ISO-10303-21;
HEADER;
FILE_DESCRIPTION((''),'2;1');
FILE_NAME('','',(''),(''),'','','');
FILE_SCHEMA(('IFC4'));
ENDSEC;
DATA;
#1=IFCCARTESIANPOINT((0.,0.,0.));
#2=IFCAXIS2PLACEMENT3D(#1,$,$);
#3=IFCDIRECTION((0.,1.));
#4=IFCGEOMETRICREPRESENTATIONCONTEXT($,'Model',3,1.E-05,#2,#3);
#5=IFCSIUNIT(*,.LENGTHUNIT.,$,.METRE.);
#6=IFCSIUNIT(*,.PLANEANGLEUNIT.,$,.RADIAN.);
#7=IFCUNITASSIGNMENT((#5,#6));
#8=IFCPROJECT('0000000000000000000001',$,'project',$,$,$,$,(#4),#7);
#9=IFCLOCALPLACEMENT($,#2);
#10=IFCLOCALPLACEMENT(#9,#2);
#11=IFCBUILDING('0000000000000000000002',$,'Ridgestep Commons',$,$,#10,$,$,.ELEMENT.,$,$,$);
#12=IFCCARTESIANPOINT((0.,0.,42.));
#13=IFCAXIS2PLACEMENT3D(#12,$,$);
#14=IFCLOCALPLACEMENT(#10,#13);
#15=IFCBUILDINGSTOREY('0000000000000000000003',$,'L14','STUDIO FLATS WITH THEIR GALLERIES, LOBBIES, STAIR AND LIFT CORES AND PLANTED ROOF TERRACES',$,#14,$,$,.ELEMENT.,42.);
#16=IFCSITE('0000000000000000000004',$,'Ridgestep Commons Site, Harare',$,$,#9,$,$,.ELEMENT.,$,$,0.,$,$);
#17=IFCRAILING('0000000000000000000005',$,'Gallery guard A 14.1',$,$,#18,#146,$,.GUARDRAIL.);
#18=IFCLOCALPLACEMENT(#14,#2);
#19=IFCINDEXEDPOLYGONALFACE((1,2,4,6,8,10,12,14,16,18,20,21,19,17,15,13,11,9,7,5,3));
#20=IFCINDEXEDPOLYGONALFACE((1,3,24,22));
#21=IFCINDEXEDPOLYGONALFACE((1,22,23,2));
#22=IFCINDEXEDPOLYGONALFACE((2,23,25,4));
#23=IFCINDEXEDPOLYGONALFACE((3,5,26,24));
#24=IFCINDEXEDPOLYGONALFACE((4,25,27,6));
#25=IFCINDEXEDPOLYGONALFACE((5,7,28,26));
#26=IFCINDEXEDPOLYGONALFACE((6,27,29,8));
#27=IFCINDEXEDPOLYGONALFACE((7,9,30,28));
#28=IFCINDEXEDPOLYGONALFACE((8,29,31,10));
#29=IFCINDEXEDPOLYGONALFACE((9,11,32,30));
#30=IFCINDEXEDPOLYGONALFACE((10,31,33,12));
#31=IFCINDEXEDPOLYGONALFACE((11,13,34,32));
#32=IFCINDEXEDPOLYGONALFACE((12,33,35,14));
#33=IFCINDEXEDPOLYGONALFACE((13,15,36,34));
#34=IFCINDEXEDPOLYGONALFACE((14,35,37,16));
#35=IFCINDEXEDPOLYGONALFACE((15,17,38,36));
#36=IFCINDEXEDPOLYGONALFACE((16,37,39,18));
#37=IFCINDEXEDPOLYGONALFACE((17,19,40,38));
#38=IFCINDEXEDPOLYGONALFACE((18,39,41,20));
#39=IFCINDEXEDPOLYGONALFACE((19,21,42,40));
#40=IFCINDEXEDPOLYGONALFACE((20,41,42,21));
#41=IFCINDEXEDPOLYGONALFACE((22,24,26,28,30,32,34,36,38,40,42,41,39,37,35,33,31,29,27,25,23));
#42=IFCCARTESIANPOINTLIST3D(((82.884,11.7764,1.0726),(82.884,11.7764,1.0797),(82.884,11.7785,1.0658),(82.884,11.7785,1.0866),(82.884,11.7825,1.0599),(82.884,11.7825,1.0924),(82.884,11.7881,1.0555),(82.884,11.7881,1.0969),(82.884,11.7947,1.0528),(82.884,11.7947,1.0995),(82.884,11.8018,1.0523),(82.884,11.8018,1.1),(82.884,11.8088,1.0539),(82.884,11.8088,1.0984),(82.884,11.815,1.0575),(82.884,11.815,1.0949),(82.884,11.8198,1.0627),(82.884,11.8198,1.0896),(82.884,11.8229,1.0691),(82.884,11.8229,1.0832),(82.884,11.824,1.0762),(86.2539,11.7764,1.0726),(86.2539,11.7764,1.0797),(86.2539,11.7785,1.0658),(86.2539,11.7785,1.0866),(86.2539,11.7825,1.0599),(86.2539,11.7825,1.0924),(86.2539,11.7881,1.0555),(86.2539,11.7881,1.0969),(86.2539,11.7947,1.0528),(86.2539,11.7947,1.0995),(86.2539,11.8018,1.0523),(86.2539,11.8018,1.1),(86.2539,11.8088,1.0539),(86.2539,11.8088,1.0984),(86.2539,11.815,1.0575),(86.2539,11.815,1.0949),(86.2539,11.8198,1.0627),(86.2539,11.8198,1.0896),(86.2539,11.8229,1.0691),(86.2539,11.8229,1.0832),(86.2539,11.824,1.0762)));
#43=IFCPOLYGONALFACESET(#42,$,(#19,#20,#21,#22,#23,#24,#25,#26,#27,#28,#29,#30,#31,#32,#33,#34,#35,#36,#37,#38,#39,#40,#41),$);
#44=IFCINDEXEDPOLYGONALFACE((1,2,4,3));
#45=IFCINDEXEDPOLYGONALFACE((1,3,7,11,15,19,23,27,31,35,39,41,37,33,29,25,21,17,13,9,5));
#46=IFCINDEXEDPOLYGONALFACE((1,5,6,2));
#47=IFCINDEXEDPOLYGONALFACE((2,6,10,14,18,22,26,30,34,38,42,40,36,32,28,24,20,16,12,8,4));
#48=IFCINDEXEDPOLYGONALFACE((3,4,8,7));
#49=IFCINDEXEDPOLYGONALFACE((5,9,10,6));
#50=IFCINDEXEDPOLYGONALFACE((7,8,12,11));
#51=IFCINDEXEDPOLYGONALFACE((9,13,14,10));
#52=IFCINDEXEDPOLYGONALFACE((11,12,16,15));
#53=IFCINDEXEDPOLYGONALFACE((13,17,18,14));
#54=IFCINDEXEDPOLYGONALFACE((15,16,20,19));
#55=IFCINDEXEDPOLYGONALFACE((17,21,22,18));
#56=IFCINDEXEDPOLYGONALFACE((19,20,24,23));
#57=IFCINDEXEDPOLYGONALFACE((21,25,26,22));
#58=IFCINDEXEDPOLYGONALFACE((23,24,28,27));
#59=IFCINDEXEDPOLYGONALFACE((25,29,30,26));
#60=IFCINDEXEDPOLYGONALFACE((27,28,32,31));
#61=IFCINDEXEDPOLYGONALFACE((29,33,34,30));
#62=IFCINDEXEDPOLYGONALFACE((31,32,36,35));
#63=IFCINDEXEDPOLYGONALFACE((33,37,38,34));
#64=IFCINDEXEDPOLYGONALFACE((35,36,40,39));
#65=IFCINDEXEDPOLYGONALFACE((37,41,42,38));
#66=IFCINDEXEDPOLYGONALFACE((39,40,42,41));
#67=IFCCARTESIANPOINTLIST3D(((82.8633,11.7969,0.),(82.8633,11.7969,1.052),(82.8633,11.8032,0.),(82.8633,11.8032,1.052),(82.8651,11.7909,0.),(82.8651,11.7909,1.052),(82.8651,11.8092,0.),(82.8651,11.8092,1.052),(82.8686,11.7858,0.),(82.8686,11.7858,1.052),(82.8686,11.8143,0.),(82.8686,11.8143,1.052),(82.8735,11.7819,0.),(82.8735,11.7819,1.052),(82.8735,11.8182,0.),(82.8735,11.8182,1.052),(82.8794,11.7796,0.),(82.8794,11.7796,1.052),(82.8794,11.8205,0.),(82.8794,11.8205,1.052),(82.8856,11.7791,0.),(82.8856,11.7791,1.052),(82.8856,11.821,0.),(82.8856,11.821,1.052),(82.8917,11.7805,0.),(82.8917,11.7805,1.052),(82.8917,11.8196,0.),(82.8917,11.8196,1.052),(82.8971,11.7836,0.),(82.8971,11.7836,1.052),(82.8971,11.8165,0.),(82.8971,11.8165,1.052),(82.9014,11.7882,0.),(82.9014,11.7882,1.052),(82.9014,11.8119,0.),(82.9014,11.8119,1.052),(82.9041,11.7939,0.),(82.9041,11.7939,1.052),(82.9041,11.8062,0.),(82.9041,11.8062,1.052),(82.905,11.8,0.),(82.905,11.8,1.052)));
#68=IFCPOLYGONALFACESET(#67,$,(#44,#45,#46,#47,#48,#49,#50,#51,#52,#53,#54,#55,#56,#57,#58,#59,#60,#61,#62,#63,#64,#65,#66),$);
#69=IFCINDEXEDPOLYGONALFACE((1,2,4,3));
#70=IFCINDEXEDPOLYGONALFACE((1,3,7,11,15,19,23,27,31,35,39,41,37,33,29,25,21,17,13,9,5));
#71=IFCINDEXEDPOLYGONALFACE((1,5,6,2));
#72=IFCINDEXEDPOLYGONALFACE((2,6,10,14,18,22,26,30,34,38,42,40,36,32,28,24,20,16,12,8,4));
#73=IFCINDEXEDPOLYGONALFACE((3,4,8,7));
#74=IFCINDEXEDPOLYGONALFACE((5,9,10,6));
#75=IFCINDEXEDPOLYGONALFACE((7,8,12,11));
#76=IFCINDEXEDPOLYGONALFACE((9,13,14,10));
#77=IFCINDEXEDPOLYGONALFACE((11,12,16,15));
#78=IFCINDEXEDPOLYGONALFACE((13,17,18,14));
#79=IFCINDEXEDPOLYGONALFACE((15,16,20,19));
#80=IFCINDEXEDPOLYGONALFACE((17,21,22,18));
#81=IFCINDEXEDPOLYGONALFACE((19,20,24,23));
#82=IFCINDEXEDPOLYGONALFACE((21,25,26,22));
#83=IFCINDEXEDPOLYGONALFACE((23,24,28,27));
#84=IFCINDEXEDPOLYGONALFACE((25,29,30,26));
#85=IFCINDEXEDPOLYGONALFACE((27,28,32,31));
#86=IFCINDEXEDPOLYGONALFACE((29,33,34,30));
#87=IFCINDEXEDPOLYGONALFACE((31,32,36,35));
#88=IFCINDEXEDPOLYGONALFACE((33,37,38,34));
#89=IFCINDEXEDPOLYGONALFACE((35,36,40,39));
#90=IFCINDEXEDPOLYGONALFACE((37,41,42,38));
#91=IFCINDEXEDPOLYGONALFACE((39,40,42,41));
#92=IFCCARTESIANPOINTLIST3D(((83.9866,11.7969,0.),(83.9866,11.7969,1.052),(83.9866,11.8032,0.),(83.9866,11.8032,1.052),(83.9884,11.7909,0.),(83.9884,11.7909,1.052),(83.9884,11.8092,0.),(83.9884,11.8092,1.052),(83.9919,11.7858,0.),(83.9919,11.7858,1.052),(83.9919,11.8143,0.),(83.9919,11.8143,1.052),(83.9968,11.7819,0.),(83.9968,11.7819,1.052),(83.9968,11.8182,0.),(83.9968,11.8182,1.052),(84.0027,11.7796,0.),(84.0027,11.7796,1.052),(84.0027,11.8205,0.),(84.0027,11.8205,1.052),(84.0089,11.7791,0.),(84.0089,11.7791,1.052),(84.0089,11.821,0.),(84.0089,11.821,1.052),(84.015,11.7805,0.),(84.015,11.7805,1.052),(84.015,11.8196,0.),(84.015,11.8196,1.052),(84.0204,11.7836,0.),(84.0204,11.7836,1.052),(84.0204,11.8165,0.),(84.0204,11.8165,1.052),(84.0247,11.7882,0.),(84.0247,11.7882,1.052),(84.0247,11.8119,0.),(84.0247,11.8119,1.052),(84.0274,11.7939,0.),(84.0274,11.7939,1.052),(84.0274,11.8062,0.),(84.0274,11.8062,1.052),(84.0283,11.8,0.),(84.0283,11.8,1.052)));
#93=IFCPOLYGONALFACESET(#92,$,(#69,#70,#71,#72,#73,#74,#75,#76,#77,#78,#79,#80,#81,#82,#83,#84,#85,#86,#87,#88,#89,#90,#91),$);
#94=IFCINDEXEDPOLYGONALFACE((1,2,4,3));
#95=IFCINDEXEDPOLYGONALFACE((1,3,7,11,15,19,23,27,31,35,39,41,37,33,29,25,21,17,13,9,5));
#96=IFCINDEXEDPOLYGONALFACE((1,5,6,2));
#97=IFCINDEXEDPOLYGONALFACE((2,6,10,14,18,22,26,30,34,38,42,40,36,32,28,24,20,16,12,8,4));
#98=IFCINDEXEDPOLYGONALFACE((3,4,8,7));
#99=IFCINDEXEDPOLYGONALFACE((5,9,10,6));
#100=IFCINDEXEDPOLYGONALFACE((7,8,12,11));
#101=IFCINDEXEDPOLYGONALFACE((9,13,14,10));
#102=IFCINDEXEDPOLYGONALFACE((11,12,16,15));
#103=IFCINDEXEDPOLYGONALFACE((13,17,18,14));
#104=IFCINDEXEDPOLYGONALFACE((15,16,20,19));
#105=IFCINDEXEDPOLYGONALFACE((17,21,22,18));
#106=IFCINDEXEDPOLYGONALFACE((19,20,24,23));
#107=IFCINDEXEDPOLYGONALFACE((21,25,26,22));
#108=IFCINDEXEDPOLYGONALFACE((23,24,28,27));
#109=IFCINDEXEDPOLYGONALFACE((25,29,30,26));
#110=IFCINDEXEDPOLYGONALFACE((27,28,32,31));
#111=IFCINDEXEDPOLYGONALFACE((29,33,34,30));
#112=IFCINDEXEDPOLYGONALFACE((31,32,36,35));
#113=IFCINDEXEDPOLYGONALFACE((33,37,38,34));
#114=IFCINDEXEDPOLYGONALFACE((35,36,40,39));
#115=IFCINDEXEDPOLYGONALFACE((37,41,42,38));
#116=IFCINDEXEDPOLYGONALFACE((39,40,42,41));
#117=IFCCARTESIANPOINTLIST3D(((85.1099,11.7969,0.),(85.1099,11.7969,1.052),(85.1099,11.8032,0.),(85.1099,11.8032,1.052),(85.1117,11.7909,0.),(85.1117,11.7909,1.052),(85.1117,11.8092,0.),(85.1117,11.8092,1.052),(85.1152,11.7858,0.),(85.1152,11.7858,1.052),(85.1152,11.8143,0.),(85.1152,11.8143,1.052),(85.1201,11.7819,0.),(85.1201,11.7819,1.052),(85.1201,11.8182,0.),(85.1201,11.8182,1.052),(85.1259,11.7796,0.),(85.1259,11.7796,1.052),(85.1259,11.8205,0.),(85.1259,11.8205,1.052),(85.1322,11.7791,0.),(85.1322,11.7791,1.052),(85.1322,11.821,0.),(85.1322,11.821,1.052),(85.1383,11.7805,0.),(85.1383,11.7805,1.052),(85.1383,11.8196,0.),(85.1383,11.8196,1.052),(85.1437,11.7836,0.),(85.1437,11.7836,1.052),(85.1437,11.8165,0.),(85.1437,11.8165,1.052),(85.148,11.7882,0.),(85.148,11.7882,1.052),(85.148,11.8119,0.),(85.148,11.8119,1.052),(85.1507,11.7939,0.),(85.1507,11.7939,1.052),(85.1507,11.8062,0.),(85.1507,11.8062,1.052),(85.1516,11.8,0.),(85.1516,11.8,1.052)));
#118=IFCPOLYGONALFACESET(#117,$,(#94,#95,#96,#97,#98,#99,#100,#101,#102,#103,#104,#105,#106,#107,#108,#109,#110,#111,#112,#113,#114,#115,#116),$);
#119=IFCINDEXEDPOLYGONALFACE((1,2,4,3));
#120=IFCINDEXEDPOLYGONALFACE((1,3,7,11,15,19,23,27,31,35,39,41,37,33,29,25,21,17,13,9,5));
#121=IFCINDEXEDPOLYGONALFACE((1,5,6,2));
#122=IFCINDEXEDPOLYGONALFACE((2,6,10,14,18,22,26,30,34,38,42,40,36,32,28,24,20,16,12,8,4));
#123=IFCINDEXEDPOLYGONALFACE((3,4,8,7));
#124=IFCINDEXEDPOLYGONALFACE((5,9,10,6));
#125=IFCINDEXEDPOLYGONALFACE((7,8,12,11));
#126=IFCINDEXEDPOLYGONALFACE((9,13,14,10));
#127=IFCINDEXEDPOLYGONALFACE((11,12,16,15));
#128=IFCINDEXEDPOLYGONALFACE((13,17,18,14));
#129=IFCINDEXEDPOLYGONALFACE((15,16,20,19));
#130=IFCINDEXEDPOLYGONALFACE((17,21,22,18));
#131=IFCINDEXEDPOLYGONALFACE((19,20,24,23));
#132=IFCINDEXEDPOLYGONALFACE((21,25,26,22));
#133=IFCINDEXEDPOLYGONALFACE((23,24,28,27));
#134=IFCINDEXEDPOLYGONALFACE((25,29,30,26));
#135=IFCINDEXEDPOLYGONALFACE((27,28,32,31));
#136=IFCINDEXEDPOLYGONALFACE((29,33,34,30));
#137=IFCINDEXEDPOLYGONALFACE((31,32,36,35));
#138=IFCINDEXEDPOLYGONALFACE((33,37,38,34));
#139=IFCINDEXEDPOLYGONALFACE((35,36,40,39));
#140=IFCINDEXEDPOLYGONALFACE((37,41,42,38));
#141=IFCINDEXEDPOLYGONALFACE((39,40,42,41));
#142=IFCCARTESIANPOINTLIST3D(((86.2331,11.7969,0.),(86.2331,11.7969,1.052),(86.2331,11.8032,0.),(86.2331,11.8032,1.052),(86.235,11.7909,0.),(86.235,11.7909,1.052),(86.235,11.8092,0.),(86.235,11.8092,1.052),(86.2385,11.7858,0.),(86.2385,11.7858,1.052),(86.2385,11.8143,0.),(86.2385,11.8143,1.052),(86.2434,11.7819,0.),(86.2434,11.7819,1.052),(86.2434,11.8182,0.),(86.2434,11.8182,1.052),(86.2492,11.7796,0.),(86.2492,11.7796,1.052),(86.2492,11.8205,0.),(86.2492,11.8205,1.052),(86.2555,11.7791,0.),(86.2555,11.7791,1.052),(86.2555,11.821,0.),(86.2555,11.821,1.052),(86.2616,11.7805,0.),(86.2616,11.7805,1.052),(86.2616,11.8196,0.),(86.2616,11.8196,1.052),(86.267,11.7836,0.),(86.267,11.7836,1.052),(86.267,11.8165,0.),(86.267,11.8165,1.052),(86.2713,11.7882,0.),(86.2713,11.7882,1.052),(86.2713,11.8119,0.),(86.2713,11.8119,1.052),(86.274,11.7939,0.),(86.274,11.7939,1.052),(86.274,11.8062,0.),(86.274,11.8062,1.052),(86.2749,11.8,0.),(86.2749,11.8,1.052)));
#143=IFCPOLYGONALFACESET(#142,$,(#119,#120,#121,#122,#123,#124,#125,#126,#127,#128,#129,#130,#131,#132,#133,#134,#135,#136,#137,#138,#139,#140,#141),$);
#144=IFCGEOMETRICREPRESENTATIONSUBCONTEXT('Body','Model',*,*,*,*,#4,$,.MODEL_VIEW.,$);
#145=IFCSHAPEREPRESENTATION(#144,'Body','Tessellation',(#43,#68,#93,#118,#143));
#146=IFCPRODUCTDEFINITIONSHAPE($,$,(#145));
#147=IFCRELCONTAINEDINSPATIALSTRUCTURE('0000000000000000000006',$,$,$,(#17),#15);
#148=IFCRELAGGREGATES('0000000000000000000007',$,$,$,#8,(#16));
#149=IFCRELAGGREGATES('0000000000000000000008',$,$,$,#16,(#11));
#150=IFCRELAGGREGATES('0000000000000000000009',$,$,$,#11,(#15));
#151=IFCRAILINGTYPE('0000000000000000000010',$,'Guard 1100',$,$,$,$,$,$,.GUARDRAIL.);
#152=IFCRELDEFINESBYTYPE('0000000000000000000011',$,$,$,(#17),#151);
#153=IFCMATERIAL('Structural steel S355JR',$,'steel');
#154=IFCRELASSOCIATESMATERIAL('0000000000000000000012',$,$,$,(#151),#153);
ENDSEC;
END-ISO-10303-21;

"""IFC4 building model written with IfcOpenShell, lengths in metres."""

from ifc_helpers import new_model, si_unit, direction, frame, origin, origin_2d, place, context, subcontext, project, spatial, circle, extrude, material, type_object, element, save


model = new_model("IFC4")

# Units and contexts
model_context = context("Model", 3, precision=1e-05, world=origin(), true_north=direction((0.0, 1.0)))
body_context = subcontext(model_context, "Body", "Model", "MODEL_VIEW")
ifc_project = project(units=[si_unit("LENGTHUNIT", "METRE"), si_unit("PLANEANGLEUNIT", "RADIAN")], contexts=[model_context])

# Site, building, storey
site_placement = place(None, origin())
site = spatial("IfcSite", under=ifc_project, at=site_placement, Name="Ridgestep Commons Site, Harare", CompositionType="ELEMENT", RefElevation=0.0)
building_placement = place(site_placement, origin())
building = spatial("IfcBuilding", under=site, at=building_placement, Name="Ridgestep Commons", CompositionType="ELEMENT")
storey_placement = place(building_placement, frame((0.0, 0.0, 42.0)))
storey = spatial("IfcBuildingStorey", under=building, at=storey_placement, Name="L14", Description="STUDIO FLATS WITH THEIR GALLERIES, LOBBIES, STAIR AND LIFT CORES AND PLANTED ROOF TERRACES", CompositionType="ELEMENT", Elevation=42.0)

# Railing
ifc_material_1 = material(Name="Structural steel S355JR", Category="steel")
railing_type = type_object("IfcRailingType", Name="Guard 1100", PredefinedType="GUARDRAIL", material=ifc_material_1)
railing_1_placement = place(storey_placement, frame((82.884, 11.8, 0.0)))
element("IfcRailing", 1, at=railing_1_placement, inside=storey, type_object=railing_type, Name="Gallery guard A 14.1", PredefinedType="GUARDRAIL", context=body_context, shape_type="SweptSolid", body=[
    extrude(circle(Radius=0.0239, at=origin_2d()), frame((0.0, 0.0, 1.0762), z_axis=(1.0, 0.0, 0.0), x_axis=(0.0, 1.0, 0.0)), (0.0, 0.0, 1.0), 3.3699),
    extrude(circle(Radius=0.021, at=origin_2d()), origin(), (0.0, 0.0, 1.0), 1.052),
    extrude(circle(Radius=0.021, at=origin_2d()), frame((1.1233, 0.0, 0.0)), (0.0, 0.0, 1.0), 1.052),
    extrude(circle(Radius=0.021, at=origin_2d()), frame((2.2466, 0.0, 0.0)), (0.0, 0.0, 1.0), 1.052),
    extrude(circle(Radius=0.021, at=origin_2d()), frame((3.3699, 0.0, 0.0)), (0.0, 0.0, 1.0), 1.052),
])

save(model, "model.ifc")
